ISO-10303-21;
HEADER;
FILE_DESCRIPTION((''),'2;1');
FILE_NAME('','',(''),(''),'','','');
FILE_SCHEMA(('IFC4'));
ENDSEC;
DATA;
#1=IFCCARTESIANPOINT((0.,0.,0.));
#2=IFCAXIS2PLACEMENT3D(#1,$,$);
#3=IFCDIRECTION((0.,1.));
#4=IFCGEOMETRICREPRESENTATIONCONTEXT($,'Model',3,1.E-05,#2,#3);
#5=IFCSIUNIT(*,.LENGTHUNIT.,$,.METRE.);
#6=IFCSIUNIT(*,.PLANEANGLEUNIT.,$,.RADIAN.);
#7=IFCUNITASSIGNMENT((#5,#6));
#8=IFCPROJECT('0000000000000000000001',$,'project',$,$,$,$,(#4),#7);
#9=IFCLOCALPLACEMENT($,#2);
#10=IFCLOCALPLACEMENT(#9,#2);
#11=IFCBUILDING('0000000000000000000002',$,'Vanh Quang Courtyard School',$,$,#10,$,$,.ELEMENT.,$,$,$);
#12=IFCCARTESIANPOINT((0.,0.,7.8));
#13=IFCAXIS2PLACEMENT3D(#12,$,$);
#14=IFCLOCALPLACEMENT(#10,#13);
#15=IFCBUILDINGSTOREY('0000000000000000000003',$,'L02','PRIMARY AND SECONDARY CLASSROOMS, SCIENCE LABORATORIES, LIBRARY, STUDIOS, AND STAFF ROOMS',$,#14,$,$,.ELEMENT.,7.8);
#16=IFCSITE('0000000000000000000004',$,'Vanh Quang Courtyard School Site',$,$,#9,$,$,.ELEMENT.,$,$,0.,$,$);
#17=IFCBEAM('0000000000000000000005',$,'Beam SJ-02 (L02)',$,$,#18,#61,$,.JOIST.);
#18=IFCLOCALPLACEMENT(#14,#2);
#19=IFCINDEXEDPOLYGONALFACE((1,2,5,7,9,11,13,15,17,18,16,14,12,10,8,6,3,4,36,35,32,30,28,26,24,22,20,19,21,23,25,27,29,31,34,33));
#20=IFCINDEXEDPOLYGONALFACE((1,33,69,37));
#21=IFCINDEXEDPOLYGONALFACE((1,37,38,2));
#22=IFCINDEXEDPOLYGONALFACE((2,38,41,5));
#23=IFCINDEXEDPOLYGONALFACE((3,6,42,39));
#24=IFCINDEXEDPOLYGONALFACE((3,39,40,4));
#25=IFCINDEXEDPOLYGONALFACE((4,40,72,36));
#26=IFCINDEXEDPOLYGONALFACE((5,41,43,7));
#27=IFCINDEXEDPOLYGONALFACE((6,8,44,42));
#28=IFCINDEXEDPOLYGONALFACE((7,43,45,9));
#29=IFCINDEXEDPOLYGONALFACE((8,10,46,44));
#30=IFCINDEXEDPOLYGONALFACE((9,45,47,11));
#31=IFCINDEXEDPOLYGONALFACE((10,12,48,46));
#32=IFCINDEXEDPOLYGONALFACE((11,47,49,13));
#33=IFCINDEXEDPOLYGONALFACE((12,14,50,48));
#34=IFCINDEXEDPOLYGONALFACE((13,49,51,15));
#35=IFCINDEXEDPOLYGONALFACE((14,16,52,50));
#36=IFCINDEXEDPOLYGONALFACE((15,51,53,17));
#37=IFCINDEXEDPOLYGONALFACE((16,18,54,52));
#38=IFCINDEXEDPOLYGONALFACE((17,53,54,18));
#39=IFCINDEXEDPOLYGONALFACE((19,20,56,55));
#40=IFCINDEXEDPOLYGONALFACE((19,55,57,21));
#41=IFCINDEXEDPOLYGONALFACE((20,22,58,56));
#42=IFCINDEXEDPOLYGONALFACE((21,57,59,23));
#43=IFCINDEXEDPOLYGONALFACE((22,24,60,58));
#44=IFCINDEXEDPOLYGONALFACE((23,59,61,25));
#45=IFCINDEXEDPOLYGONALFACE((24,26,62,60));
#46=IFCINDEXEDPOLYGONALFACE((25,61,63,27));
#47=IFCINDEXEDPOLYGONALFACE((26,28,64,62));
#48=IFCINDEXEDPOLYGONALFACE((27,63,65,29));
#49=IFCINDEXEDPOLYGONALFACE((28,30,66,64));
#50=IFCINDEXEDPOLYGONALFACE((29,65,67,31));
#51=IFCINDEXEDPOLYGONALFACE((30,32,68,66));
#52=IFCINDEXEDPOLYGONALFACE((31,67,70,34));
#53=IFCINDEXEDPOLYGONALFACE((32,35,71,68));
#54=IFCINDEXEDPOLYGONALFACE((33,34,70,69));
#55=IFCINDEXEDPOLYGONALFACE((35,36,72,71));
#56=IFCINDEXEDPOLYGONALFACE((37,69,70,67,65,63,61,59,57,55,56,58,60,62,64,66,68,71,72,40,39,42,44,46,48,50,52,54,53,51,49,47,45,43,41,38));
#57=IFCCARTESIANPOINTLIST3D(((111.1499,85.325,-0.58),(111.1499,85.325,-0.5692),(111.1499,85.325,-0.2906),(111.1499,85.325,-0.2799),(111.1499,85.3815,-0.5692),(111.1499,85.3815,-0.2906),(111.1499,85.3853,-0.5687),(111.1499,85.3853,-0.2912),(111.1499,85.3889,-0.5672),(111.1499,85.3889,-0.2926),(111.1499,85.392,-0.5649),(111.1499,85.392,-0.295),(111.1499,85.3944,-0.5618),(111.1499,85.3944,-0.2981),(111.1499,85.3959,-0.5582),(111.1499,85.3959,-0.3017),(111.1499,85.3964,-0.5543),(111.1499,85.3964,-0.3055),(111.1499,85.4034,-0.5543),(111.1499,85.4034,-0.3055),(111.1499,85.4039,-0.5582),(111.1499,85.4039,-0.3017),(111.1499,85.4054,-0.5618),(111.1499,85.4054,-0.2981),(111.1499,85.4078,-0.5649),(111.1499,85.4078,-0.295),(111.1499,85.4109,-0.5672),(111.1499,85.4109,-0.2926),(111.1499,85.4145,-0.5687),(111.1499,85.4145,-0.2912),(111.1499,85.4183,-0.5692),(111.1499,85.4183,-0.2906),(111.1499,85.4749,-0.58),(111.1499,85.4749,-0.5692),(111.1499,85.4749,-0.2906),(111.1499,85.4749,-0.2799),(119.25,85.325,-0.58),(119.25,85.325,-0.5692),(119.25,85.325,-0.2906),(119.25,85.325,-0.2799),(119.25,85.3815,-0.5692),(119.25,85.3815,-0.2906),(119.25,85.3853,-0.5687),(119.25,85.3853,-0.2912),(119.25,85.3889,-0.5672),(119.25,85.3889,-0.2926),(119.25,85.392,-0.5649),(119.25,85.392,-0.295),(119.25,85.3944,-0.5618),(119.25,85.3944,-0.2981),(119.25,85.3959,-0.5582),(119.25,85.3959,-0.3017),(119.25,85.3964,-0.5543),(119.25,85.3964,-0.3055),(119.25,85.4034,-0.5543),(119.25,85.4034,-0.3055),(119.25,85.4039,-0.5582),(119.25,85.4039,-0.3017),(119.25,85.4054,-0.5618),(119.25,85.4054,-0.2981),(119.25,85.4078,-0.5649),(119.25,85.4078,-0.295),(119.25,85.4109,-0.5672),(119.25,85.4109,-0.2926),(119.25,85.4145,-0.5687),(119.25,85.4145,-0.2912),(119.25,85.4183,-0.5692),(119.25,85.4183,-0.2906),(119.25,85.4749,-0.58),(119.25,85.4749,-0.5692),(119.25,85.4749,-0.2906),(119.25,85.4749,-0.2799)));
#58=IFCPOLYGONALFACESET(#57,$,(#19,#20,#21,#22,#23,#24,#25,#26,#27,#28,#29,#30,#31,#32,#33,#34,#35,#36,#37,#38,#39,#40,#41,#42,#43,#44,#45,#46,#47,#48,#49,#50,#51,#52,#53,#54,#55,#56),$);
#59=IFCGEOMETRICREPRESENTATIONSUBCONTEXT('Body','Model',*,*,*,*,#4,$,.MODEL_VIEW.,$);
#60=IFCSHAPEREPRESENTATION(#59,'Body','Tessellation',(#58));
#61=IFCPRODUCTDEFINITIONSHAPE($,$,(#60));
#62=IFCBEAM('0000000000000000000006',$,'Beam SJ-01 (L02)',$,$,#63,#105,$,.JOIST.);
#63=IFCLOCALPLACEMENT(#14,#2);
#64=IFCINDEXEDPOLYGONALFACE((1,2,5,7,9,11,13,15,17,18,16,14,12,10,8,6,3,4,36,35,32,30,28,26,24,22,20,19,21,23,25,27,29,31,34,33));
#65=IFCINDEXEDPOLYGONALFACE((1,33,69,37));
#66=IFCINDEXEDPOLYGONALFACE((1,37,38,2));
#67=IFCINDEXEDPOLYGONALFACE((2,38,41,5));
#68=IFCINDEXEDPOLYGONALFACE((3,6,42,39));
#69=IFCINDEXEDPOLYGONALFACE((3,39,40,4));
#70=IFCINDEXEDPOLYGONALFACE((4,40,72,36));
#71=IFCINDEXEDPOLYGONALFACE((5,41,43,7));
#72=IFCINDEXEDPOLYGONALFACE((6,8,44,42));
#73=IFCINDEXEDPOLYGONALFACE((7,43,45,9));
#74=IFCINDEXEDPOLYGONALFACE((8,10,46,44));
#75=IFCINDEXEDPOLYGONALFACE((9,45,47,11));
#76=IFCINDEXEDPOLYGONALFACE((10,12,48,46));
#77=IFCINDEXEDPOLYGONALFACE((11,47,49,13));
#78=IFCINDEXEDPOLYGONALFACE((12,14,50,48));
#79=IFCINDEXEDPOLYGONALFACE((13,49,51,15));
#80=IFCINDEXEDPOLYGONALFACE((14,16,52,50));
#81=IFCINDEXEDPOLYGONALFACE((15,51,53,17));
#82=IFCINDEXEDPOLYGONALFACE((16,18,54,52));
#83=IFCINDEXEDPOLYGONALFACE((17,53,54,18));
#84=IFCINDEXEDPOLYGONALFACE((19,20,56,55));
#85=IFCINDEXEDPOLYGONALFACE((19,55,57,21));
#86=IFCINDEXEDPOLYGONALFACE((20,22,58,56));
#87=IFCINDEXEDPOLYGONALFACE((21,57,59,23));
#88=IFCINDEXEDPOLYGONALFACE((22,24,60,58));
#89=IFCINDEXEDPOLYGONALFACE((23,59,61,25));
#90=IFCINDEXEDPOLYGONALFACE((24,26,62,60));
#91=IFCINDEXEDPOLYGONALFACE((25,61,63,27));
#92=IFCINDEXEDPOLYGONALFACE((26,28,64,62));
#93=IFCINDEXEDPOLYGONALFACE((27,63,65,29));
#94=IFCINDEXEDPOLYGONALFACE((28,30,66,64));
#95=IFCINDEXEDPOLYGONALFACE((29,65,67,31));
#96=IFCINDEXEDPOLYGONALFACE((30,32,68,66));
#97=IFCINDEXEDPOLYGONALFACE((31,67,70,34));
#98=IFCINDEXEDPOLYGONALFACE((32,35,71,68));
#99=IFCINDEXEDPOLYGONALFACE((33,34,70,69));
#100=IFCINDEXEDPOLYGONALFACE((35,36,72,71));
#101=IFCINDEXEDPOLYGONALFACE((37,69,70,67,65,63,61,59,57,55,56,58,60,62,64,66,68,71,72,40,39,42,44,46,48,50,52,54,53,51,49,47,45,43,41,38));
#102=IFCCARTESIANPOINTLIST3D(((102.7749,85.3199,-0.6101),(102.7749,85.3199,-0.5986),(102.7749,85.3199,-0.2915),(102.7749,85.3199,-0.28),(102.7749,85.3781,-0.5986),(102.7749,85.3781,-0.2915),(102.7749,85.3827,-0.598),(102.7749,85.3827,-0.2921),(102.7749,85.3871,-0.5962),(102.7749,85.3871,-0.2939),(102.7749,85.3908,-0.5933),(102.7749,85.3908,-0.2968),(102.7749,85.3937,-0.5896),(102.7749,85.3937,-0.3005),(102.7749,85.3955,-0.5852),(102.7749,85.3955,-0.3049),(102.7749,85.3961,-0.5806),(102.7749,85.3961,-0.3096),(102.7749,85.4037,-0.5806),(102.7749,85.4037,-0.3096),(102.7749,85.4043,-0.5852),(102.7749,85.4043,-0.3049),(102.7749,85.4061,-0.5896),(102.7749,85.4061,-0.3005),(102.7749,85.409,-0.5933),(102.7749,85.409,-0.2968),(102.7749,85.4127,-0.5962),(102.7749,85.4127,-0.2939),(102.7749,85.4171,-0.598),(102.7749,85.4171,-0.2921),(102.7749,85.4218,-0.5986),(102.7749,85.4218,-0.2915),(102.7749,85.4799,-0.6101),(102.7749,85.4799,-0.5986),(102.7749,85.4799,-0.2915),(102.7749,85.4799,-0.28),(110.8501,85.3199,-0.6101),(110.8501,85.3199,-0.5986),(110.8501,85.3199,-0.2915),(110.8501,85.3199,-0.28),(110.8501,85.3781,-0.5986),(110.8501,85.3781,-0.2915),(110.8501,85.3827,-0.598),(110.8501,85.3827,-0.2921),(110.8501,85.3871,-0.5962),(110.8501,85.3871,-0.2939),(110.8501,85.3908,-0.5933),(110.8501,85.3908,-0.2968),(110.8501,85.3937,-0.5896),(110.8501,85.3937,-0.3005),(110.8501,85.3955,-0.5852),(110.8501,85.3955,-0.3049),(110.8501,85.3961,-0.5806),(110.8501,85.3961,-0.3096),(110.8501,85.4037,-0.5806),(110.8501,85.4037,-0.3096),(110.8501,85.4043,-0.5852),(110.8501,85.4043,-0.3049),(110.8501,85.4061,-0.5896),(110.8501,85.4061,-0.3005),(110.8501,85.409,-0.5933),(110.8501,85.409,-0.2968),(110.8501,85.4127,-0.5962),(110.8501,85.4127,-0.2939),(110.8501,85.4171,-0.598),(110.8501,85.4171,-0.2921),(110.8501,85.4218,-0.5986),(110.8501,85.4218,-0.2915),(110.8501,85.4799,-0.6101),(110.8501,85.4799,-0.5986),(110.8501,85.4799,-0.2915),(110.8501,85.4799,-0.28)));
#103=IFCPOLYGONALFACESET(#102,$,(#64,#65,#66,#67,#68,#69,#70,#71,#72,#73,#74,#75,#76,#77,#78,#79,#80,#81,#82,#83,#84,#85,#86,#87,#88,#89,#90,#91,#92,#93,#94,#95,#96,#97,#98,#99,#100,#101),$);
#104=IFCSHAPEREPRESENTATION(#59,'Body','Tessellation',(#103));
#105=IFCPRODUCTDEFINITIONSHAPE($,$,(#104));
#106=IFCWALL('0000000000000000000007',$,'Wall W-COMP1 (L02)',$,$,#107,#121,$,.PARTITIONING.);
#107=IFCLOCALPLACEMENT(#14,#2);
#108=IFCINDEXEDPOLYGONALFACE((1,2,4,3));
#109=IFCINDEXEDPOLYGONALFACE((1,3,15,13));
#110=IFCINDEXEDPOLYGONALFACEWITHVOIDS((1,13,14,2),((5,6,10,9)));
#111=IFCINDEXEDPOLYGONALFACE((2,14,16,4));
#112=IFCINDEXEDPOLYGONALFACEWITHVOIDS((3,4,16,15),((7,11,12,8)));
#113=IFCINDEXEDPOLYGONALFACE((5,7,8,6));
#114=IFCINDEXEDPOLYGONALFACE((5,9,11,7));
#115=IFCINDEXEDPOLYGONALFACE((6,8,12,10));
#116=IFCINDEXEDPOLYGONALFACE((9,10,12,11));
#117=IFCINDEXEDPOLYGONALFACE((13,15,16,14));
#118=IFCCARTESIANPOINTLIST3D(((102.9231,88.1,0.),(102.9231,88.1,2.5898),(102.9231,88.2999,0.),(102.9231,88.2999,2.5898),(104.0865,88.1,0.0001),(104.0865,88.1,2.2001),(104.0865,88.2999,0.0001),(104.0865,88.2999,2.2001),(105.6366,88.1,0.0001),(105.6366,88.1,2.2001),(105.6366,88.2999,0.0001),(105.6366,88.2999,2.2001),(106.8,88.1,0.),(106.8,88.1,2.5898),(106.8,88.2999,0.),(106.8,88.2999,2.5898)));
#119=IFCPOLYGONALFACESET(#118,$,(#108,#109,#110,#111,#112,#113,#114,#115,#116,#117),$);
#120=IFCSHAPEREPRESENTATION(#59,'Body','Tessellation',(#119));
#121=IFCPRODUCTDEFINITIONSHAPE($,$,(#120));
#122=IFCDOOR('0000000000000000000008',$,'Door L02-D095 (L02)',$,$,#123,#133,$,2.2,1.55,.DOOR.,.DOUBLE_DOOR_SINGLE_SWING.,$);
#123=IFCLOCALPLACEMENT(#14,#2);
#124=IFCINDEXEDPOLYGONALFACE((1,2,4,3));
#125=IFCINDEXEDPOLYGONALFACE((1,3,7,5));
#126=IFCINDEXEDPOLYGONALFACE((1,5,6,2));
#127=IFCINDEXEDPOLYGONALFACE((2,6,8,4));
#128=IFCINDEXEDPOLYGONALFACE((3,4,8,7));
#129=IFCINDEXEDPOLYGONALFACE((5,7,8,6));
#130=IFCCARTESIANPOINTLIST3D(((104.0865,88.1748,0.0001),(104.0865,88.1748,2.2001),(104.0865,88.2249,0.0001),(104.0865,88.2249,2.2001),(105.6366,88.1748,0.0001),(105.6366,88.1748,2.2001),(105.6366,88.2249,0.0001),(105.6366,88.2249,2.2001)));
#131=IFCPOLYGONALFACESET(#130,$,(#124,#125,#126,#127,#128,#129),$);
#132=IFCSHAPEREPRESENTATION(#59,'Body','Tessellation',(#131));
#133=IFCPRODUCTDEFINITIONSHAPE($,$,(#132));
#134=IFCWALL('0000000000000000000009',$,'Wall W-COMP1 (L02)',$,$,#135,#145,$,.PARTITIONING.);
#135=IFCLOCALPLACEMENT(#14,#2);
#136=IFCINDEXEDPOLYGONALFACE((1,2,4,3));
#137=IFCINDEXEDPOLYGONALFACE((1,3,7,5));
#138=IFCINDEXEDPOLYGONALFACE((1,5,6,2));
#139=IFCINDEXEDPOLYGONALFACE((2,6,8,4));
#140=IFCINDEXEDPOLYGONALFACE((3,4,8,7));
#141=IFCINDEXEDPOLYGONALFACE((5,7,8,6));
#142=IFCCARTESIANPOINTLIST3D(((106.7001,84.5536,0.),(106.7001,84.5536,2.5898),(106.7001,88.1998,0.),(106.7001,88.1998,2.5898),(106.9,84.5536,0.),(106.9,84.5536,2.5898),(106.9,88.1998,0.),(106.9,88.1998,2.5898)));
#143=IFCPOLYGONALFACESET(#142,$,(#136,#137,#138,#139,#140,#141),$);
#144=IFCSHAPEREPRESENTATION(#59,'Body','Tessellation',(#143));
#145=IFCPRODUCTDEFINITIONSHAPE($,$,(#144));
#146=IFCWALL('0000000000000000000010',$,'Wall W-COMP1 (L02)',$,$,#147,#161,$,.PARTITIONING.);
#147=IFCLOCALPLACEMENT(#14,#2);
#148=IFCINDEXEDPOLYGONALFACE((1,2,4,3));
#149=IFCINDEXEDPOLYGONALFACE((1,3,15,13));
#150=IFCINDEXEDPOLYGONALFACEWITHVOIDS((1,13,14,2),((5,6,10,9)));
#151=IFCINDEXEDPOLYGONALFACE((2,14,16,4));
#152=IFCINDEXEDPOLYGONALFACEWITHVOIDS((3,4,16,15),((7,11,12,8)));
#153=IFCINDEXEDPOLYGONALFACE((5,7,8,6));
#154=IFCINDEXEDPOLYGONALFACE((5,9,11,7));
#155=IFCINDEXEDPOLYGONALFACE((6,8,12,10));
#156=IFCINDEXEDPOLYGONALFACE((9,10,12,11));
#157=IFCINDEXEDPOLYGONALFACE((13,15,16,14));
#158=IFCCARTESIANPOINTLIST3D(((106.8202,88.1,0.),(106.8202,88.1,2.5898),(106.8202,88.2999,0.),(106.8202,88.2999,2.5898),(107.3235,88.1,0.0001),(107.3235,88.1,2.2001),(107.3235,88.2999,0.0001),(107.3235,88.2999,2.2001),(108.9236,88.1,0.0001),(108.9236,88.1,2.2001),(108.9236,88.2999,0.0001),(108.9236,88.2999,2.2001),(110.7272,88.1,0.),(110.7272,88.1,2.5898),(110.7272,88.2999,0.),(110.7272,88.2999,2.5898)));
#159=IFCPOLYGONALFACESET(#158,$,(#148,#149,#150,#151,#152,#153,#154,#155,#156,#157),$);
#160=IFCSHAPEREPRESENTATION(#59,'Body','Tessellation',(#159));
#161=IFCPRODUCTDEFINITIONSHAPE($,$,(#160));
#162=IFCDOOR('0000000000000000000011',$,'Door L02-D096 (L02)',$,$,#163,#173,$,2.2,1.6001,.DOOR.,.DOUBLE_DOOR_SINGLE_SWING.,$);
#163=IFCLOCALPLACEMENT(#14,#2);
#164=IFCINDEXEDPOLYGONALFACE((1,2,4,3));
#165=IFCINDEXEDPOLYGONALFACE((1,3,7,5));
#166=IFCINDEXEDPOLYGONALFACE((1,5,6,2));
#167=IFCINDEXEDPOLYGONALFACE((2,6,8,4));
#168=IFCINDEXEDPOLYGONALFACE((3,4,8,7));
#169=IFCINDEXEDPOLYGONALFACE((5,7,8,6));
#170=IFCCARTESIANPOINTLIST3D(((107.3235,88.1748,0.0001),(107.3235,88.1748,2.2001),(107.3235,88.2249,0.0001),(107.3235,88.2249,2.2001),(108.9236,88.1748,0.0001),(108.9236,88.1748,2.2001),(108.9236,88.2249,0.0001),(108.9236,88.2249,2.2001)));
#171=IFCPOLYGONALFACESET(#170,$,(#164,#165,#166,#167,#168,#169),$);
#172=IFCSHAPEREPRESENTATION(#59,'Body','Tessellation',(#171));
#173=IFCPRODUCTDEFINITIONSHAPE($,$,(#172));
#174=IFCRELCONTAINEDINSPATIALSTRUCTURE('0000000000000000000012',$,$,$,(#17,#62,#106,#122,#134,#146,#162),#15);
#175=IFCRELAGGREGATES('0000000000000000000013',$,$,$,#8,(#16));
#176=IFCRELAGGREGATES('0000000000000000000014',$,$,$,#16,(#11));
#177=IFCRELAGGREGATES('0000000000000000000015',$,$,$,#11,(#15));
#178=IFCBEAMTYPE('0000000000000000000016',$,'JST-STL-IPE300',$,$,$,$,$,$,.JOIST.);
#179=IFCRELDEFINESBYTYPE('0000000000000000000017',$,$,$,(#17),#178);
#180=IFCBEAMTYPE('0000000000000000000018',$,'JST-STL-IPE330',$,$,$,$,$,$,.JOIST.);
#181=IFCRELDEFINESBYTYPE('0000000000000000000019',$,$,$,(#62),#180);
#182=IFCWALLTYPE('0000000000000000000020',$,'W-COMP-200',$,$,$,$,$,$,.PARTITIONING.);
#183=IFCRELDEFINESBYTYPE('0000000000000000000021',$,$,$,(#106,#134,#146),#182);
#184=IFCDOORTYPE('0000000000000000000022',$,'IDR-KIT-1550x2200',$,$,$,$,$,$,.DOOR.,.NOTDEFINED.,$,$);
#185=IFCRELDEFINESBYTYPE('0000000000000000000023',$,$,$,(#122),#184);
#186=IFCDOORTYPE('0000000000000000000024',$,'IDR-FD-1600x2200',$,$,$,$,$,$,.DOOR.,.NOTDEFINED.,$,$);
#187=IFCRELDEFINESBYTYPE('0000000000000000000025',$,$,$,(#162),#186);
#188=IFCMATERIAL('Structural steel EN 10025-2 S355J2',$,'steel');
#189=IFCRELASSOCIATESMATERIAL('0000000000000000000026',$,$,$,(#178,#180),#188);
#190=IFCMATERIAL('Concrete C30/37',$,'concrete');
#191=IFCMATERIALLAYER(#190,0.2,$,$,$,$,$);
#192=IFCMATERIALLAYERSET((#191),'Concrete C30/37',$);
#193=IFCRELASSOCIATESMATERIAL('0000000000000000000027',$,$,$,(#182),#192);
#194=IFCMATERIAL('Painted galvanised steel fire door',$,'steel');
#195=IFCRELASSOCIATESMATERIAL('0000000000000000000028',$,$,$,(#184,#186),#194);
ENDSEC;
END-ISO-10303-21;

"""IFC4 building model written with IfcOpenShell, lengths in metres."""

from ifc_helpers import new_model, si_unit, direction, frame, frame_2d, origin, origin_2d, place, context, subcontext, project, spatial, rectangle, i_section, extrude, material, layer, layer_set, material_profile, profile_set, type_object, element, fill, save


model = new_model("IFC4")

# Units and contexts
model_context = context("Model", 3, precision=1e-05, world=origin(), true_north=direction((0.0, 1.0)))
body_context = subcontext(model_context, "Body", "Model", "MODEL_VIEW")
ifc_project = project(units=[si_unit("LENGTHUNIT", "METRE"), si_unit("PLANEANGLEUNIT", "RADIAN")], contexts=[model_context])

# Site, building, storey
site_placement = place(None, origin())
site = spatial("IfcSite", under=ifc_project, at=site_placement, Name="Vanh Quang Courtyard School Site", CompositionType="ELEMENT", RefElevation=0.0)
building_placement = place(site_placement, origin())
building = spatial("IfcBuilding", under=site, at=building_placement, Name="Vanh Quang Courtyard School", CompositionType="ELEMENT")
storey_placement = place(building_placement, frame((0.0, 0.0, 7.8)))
storey = spatial("IfcBuildingStorey", under=building, at=storey_placement, Name="L02", Description="PRIMARY AND SECONDARY CLASSROOMS, SCIENCE LABORATORIES, LIBRARY, STUDIOS, AND STAFF ROOMS", CompositionType="ELEMENT", Elevation=7.8)

# Beams
ifc_material_1 = material(Name="Structural steel EN 10025-2 S355J2", Category="steel")
ifc_material_profile_1 = material_profile(ifc_material_1, i_section(OverallWidth=0.1499, OverallDepth=0.3, WebThickness=0.0071, FlangeThickness=0.0107, FilletRadius=0.0149, at=origin_2d()), Name="IPE 300")
ifc_profile_set_1 = profile_set([ifc_material_profile_1], Name="Structural steel EN 10025-2 S355J2")
beam_type_1 = type_object("IfcBeamType", Name="JST-STL-IPE300", PredefinedType="JOIST", material=ifc_profile_set_1)
beam_1_placement = place(storey_placement, frame((111.1499, 85.3999, -0.4299), z_axis=(1.0, 0.0, 0.0), x_axis=(0.0, 1.0, 0.0)))
element("IfcBeam", 1, at=beam_1_placement, inside=storey, type_object=beam_type_1, Name="Beam SJ-02 (L02)", PredefinedType="JOIST", context=body_context, shape_type="SweptSolid", body=[
    extrude(i_section(OverallWidth=0.1499, OverallDepth=0.3, WebThickness=0.0071, FlangeThickness=0.0107, FilletRadius=0.0149, at=origin_2d()), origin(), (0.0, 0.0, 1.0), 8.1001),
])
ifc_material_profile_2 = material_profile(ifc_material_1, i_section(OverallWidth=0.1599, OverallDepth=0.3301, WebThickness=0.0076, FlangeThickness=0.0115, FilletRadius=0.0181, at=origin_2d()), Name="IPE 330")
ifc_profile_set_2 = profile_set([ifc_material_profile_2], Name="Structural steel EN 10025-2 S355J2")
beam_type_2 = type_object("IfcBeamType", Name="JST-STL-IPE330", PredefinedType="JOIST", material=ifc_profile_set_2)
beam_2_placement = place(storey_placement, frame((102.7749, 85.3999, -0.4451), z_axis=(1.0, 0.0, 0.0), x_axis=(0.0, 1.0, 0.0)))
element("IfcBeam", 2, at=beam_2_placement, inside=storey, type_object=beam_type_2, Name="Beam SJ-01 (L02)", PredefinedType="JOIST", context=body_context, shape_type="SweptSolid", body=[
    extrude(i_section(OverallWidth=0.1599, OverallDepth=0.3301, WebThickness=0.0076, FlangeThickness=0.0115, FilletRadius=0.0181, at=origin_2d()), origin(), (0.0, 0.0, 1.0), 8.0752),
])

# Wall, opening, door
ifc_material_2 = material(Name="Concrete C30/37", Category="concrete")
ifc_layer_1 = layer(ifc_material_2, 0.2)
ifc_layer_set_1 = layer_set([ifc_layer_1], Name="Concrete C30/37")
wall_type_1 = type_object("IfcWallType", Name="W-COMP-200", PredefinedType="PARTITIONING", material=ifc_layer_set_1)
wall_1_placement = place(storey_placement, frame((102.9231, 88.2, 0.0), z_axis=(0.0, 0.0, 1.0), x_axis=(1.0, 0.0, 0.0)))
wall_1 = element("IfcWall", 3, at=wall_1_placement, inside=storey, type_object=wall_type_1, Name="Wall W-COMP1 (L02)", PredefinedType="PARTITIONING", context=body_context, shape_type="SweptSolid", body=[
    extrude(rectangle(XDim=3.877, YDim=0.2, at=frame_2d((1.9385, 0.0))), origin(), (0.0, 0.0, 1.0), 2.5898),
])
opening_1_placement = place(wall_1_placement, frame((1.1636, 0.0, 0.0)))
opening_1 = element("IfcOpeningElement", 4, at=opening_1_placement, cuts=wall_1, PredefinedType="OPENING", context=body_context, shape_type="SweptSolid", body=[
    extrude(rectangle(XDim=1.55, YDim=2.2, at=frame_2d((0.7749, 1.1001))), frame((0.0, 0.1099, 0.0), z_axis=(0.0, -1.0, 0.0), x_axis=(1.0, 0.0, 0.0)), (0.0, 0.0, 1.0), 0.22),
])
ifc_material_3 = material(Name="Painted galvanised steel fire door", Category="steel")
door_type_1 = type_object("IfcDoorType", Name="IDR-KIT-1550x2200", OperationType="NOTDEFINED", PredefinedType="DOOR", material=ifc_material_3)
door_1_placement = place(opening_1_placement, origin())
door_1 = element("IfcDoor", 5, at=door_1_placement, inside=storey, type_object=door_type_1, Name="Door L02-D095 (L02)", OperationType="DOUBLE_DOOR_SINGLE_SWING", OverallHeight=2.2, OverallWidth=1.55, PredefinedType="DOOR", context=body_context, shape_type="SweptSolid", body=[
    extrude(rectangle(XDim=1.55, YDim=2.2, at=frame_2d((0.7749, 1.1001))), frame((0.0, 0.0249, 0.0), z_axis=(0.0, -1.0, 0.0), x_axis=(1.0, 0.0, 0.0)), (0.0, 0.0, 1.0), 0.05),
])
fill(opening_1, door_1)

# Wall
wall_2_placement = place(storey_placement, frame((106.8, 88.2, 0.0), z_axis=(0.0, 0.0, 1.0), x_axis=(0.0, -1.0, 0.0)))
element("IfcWall", 6, at=wall_2_placement, inside=storey, type_object=wall_type_1, Name="Wall W-COMP1 (L02)", PredefinedType="PARTITIONING", context=body_context, shape_type="SweptSolid", body=[
    extrude(rectangle(XDim=3.6462, YDim=0.2, at=frame_2d((1.8232, 0.0))), origin(), (0.0, 0.0, 1.0), 2.5898),
])

# Wall, opening, door
wall_3_placement = place(storey_placement, frame((106.8201, 88.2, 0.0), z_axis=(0.0, 0.0, 1.0), x_axis=(1.0, 0.0, 0.0)))
wall_3 = element("IfcWall", 7, at=wall_3_placement, inside=storey, type_object=wall_type_1, Name="Wall W-COMP1 (L02)", PredefinedType="PARTITIONING", context=body_context, shape_type="SweptSolid", body=[
    extrude(rectangle(XDim=3.907, YDim=0.2, at=frame_2d((1.9536, 0.0))), origin(), (0.0, 0.0, 1.0), 2.5898),
])
opening_2_placement = place(wall_3_placement, frame((0.5034, 0.0, 0.0)))
opening_2 = element("IfcOpeningElement", 8, at=opening_2_placement, cuts=wall_3, PredefinedType="OPENING", context=body_context, shape_type="SweptSolid", body=[
    extrude(rectangle(XDim=1.6001, YDim=2.2, at=frame_2d((0.8, 1.1001))), frame((0.0, 0.1099, 0.0), z_axis=(0.0, -1.0, 0.0), x_axis=(1.0, 0.0, 0.0)), (0.0, 0.0, 1.0), 0.22),
])
door_type_2 = type_object("IfcDoorType", Name="IDR-FD-1600x2200", OperationType="NOTDEFINED", PredefinedType="DOOR", material=ifc_material_3)
door_2_placement = place(opening_2_placement, origin())
door_2 = element("IfcDoor", 9, at=door_2_placement, inside=storey, type_object=door_type_2, Name="Door L02-D096 (L02)", OperationType="DOUBLE_DOOR_SINGLE_SWING", OverallHeight=2.2, OverallWidth=1.6001, PredefinedType="DOOR", context=body_context, shape_type="SweptSolid", body=[
    extrude(rectangle(XDim=1.6001, YDim=2.2, at=frame_2d((0.8, 1.1001))), frame((0.0, 0.0249, 0.0), z_axis=(0.0, -1.0, 0.0), x_axis=(1.0, 0.0, 0.0)), (0.0, 0.0, 1.0), 0.05),
])
fill(opening_2, door_2)

save(model, "model.ifc")
